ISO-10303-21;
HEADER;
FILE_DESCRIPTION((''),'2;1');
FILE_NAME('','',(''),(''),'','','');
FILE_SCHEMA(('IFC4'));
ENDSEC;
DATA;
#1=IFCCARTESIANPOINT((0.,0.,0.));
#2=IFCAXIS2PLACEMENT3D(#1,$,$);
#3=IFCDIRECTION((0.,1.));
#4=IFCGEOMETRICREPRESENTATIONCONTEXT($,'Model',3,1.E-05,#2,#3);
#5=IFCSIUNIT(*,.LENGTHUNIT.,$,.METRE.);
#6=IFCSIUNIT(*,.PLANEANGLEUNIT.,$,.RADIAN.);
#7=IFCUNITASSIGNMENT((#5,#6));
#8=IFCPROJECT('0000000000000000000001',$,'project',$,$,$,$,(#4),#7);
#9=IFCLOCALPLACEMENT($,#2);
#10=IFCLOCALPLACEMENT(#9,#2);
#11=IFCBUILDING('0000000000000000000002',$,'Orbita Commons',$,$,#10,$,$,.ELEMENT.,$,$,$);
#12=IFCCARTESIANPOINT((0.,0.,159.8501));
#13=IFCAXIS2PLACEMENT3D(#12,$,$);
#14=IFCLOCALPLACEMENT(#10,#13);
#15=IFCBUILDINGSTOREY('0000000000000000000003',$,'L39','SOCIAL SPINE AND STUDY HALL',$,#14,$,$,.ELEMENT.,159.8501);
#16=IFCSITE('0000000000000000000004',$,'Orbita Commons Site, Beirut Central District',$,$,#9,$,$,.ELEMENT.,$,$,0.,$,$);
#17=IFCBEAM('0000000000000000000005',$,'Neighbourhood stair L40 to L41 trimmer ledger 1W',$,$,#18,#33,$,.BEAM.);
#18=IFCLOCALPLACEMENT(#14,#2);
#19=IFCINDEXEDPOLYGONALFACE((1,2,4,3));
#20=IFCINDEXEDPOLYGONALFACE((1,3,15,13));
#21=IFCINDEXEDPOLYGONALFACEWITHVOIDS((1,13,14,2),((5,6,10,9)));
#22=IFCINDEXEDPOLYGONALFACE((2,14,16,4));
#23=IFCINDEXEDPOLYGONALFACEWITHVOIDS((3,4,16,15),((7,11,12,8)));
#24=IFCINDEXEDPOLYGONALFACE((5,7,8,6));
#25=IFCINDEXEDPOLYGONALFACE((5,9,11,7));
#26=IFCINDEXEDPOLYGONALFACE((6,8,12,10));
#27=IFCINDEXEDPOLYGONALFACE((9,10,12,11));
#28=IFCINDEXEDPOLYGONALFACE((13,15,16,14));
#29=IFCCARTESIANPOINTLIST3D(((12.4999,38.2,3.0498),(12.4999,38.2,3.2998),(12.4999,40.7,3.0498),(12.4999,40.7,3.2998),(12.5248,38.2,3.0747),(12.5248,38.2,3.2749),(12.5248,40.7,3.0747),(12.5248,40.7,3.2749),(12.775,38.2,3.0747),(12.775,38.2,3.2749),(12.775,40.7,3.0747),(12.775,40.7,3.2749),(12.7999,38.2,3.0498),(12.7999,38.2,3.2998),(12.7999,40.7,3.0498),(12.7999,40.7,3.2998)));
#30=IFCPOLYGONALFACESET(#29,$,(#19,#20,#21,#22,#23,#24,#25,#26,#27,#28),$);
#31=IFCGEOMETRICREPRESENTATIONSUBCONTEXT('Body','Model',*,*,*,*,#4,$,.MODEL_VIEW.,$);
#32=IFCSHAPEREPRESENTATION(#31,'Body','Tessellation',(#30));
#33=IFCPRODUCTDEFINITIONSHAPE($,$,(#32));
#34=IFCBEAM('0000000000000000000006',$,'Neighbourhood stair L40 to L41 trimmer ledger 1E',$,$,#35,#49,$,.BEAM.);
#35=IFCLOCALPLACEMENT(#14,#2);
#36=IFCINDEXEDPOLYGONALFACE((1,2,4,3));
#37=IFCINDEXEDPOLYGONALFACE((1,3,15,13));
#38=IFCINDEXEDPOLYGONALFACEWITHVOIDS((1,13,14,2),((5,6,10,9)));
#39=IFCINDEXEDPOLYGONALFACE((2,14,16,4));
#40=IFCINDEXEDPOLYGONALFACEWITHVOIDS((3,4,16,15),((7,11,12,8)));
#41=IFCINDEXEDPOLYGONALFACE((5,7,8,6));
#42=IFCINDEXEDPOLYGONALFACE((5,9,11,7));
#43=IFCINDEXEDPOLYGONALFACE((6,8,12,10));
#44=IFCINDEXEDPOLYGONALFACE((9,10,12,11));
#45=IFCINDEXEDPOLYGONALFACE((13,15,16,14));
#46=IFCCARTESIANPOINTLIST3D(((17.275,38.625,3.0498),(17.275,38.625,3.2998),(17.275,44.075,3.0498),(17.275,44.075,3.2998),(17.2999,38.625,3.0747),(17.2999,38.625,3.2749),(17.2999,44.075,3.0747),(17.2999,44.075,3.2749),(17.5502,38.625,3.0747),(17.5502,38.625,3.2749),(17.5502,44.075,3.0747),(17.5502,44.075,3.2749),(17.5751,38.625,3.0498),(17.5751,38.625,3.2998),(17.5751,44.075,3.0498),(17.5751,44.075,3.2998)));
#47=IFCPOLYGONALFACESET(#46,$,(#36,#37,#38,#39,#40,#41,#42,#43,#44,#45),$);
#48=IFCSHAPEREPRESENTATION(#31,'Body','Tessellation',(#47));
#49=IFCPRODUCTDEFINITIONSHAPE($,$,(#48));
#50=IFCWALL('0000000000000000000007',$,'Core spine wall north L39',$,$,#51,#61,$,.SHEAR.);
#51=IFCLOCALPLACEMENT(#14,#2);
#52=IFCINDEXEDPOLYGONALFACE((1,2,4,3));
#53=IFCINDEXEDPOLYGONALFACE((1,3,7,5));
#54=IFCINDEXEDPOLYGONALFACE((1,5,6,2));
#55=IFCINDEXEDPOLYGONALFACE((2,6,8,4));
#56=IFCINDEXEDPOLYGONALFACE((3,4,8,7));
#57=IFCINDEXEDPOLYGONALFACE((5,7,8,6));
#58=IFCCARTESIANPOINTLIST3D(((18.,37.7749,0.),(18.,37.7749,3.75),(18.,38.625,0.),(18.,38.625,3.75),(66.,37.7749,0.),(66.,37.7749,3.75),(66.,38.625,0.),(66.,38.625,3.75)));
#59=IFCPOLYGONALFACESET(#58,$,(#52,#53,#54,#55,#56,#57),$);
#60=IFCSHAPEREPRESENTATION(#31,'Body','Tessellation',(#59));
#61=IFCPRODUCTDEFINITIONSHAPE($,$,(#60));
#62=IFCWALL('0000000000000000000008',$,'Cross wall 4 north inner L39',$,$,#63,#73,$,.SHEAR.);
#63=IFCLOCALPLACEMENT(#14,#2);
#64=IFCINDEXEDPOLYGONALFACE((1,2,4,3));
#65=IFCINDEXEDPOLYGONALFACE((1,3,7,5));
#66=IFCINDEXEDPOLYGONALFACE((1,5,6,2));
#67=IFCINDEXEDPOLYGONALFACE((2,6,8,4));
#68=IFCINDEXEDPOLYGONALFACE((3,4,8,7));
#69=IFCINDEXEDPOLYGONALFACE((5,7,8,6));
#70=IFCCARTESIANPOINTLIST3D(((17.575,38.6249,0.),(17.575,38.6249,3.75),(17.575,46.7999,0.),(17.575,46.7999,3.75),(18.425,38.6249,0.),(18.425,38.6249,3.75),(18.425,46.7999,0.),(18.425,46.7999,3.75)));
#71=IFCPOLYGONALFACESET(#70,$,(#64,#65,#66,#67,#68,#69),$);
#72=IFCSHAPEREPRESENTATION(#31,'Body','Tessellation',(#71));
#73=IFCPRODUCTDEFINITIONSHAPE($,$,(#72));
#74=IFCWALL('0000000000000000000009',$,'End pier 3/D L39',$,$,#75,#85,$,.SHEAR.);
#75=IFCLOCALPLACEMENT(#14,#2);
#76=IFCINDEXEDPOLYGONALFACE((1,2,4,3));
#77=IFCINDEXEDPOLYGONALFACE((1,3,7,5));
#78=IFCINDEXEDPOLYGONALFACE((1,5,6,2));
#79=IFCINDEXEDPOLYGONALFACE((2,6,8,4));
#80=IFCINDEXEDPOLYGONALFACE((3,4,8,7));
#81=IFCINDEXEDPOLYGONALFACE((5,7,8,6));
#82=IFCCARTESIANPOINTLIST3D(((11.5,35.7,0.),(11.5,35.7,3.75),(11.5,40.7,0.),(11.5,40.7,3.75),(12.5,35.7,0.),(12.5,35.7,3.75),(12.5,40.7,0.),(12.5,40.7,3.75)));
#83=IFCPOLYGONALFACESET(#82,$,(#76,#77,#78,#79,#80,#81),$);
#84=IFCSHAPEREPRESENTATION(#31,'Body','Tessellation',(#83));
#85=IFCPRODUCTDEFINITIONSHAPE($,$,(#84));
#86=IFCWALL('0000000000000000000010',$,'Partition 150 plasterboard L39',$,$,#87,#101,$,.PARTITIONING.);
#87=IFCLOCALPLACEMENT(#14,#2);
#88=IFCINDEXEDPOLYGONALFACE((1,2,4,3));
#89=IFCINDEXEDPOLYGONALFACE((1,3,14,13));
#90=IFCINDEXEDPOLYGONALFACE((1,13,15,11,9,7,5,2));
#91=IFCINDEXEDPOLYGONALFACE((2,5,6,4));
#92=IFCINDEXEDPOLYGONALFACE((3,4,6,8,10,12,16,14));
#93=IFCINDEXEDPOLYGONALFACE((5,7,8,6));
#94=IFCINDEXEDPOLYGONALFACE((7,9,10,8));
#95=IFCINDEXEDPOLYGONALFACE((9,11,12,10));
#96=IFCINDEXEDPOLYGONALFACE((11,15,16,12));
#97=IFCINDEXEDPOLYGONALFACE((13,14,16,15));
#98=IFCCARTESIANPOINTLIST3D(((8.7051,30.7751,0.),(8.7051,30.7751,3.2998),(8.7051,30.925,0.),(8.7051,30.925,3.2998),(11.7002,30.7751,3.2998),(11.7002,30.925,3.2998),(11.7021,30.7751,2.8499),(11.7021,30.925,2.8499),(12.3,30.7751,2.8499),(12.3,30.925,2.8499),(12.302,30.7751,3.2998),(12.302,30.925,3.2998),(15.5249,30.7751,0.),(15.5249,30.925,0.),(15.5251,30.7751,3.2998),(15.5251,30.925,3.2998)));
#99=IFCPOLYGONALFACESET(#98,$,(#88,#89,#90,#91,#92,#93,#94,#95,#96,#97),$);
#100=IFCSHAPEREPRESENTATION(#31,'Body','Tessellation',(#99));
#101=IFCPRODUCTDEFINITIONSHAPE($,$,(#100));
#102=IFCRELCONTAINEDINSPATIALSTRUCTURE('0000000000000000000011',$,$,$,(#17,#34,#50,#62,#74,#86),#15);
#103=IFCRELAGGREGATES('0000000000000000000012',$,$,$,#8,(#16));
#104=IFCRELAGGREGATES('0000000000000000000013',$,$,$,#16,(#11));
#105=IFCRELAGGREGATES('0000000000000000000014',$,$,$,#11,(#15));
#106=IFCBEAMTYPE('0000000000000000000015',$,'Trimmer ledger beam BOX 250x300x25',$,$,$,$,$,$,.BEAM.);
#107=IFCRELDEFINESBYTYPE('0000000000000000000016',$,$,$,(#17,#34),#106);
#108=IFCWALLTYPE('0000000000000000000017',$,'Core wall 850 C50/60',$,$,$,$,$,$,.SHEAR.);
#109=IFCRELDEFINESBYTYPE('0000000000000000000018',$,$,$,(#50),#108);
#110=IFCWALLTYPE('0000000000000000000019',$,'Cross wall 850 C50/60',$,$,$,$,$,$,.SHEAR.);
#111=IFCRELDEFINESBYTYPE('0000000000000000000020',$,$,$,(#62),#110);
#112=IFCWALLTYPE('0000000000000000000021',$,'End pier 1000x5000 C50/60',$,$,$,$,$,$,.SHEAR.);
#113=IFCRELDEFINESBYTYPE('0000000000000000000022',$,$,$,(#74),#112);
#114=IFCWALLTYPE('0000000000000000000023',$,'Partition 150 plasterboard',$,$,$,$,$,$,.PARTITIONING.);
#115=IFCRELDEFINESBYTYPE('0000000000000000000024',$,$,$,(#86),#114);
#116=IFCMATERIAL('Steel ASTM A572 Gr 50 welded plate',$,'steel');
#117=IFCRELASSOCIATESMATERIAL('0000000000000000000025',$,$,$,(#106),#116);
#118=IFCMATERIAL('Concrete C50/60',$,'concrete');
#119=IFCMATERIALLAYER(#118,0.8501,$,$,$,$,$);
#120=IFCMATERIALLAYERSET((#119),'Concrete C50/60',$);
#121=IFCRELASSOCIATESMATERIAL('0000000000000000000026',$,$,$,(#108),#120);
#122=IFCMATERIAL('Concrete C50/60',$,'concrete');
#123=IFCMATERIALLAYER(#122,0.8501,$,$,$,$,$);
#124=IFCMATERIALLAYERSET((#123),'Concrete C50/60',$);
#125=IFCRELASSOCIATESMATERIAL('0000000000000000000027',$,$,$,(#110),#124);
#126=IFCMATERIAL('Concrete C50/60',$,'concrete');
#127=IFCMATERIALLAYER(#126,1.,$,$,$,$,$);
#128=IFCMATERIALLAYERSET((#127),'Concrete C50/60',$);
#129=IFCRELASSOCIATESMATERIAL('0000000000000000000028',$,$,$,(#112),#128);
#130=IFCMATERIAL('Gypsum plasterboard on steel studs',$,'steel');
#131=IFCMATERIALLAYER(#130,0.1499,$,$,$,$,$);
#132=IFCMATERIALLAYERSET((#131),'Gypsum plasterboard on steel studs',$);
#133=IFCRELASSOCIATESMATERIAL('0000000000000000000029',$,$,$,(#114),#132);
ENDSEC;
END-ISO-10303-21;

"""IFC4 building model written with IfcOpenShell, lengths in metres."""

from ifc_helpers import new_model, si_unit, direction, frame, frame_2d, origin, origin_2d, place, context, subcontext, project, spatial, polyline, rectangle, hollow_rectangle, outline, extrude, material, layer, layer_set, material_profile, profile_set, type_object, element, save


model = new_model("IFC4")

# Units and contexts
model_context = context("Model", 3, precision=1e-05, world=origin(), true_north=direction((0.0, 1.0)))
body_context = subcontext(model_context, "Body", "Model", "MODEL_VIEW")
ifc_project = project(units=[si_unit("LENGTHUNIT", "METRE"), si_unit("PLANEANGLEUNIT", "RADIAN")], contexts=[model_context])

# Site, building, storey
site_placement = place(None, origin())
site = spatial("IfcSite", under=ifc_project, at=site_placement, Name="Orbita Commons Site, Beirut Central District", CompositionType="ELEMENT", RefElevation=0.0)
building_placement = place(site_placement, origin())
building = spatial("IfcBuilding", under=site, at=building_placement, Name="Orbita Commons", CompositionType="ELEMENT")
storey_placement = place(building_placement, frame((0.0, 0.0, 159.8501)))
storey = spatial("IfcBuildingStorey", under=building, at=storey_placement, Name="L39", Description="SOCIAL SPINE AND STUDY HALL", CompositionType="ELEMENT", Elevation=159.8501)

# Beams
ifc_material_1 = material(Name="Steel ASTM A572 Gr 50 welded plate", Category="steel")
ifc_material_profile = material_profile(ifc_material_1, hollow_rectangle(XDim=0.3, YDim=0.25, WallThickness=0.0249, at=origin_2d()), Name="BOX 250x300x25")
ifc_profile_set = profile_set([ifc_material_profile], Name="Steel ASTM A572 Gr 50 welded plate")
beam_type = type_object("IfcBeamType", Name="Trimmer ledger beam BOX 250x300x25", PredefinedType="BEAM", material=ifc_profile_set)
beam_1_placement = place(storey_placement, frame((12.6499, 38.2, 3.1748), z_axis=(0.0, 1.0, 0.0), x_axis=(-1.0, 0.0, 0.0)))
element("IfcBeam", 1, at=beam_1_placement, inside=storey, type_object=beam_type, Name="Neighbourhood stair L40 to L41 trimmer ledger 1W", PredefinedType="BEAM", context=body_context, shape_type="SweptSolid", body=[
    extrude(hollow_rectangle(XDim=0.3, YDim=0.25, WallThickness=0.0249, at=origin_2d()), origin(), (0.0, 0.0, 1.0), 2.5),
])
beam_2_placement = place(storey_placement, frame((17.425, 38.625, 3.1748), z_axis=(0.0, 1.0, 0.0), x_axis=(-1.0, 0.0, 0.0)))
element("IfcBeam", 2, at=beam_2_placement, inside=storey, type_object=beam_type, Name="Neighbourhood stair L40 to L41 trimmer ledger 1E", PredefinedType="BEAM", context=body_context, shape_type="SweptSolid", body=[
    extrude(hollow_rectangle(XDim=0.3, YDim=0.25, WallThickness=0.0249, at=origin_2d()), origin(), (0.0, 0.0, 1.0), 5.45),
])

# Walls
ifc_material_2 = material(Name="Concrete C50/60", Category="concrete")
ifc_layer_1 = layer(ifc_material_2, 0.8501)
ifc_layer_set_1 = layer_set([ifc_layer_1], Name="Concrete C50/60")
wall_type_1 = type_object("IfcWallType", Name="Core wall 850 C50/60", PredefinedType="SHEAR", material=ifc_layer_set_1)
wall_1_placement = place(storey_placement, frame((18.0, 38.2, 0.0), z_axis=(0.0, 0.0, 1.0), x_axis=(1.0, 0.0, 0.0)))
element("IfcWall", 3, at=wall_1_placement, inside=storey, type_object=wall_type_1, Name="Core spine wall north L39", PredefinedType="SHEAR", context=body_context, shape_type="SweptSolid", body=[
    extrude(rectangle(XDim=48.0, YDim=0.8501, at=frame_2d((24.0, 0.0))), origin(), (0.0, 0.0, 1.0), 3.75),
])
ifc_material_3 = material(Name="Concrete C50/60", Category="concrete")
ifc_layer_2 = layer(ifc_material_3, 0.8501)
ifc_layer_set_2 = layer_set([ifc_layer_2], Name="Concrete C50/60")
wall_type_2 = type_object("IfcWallType", Name="Cross wall 850 C50/60", PredefinedType="SHEAR", material=ifc_layer_set_2)
wall_2_placement = place(storey_placement, frame((18.0, 38.625, 0.0), z_axis=(0.0, 0.0, 1.0), x_axis=(0.0, 1.0, 0.0)))
element("IfcWall", 4, at=wall_2_placement, inside=storey, type_object=wall_type_2, Name="Cross wall 4 north inner L39", PredefinedType="SHEAR", context=body_context, shape_type="SweptSolid", body=[
    extrude(rectangle(XDim=8.175, YDim=0.8501, at=frame_2d((4.0874, 0.0))), origin(), (0.0, 0.0, 1.0), 3.75),
])
ifc_material_4 = material(Name="Concrete C50/60", Category="concrete")
ifc_layer_3 = layer(ifc_material_4, 1.0)
ifc_layer_set_3 = layer_set([ifc_layer_3], Name="Concrete C50/60")
wall_type_3 = type_object("IfcWallType", Name="End pier 1000x5000 C50/60", PredefinedType="SHEAR", material=ifc_layer_set_3)
wall_3_placement = place(storey_placement, frame((12.0, 35.7, 0.0), z_axis=(0.0, 0.0, 1.0), x_axis=(0.0, 1.0, 0.0)))
element("IfcWall", 5, at=wall_3_placement, inside=storey, type_object=wall_type_3, Name="End pier 3/D L39", PredefinedType="SHEAR", context=body_context, shape_type="SweptSolid", body=[
    extrude(rectangle(XDim=5.0, YDim=1.0, at=frame_2d((2.5, 0.0))), origin(), (0.0, 0.0, 1.0), 3.75),
])
ifc_material_5 = material(Name="Gypsum plasterboard on steel studs", Category="steel")
ifc_layer_4 = layer(ifc_material_5, 0.1499)
ifc_layer_set_4 = layer_set([ifc_layer_4], Name="Gypsum plasterboard on steel studs")
wall_type_4 = type_object("IfcWallType", Name="Partition 150 plasterboard", PredefinedType="PARTITIONING", material=ifc_layer_set_4)
wall_4_placement = place(storey_placement, frame((8.7051, 30.8501, 0.0), z_axis=(0.0, 0.0, 1.0), x_axis=(1.0, 0.0, 0.0)))
element("IfcWall", 6, at=wall_4_placement, inside=storey, type_object=wall_type_4, Name="Partition 150 plasterboard L39", PredefinedType="PARTITIONING", context=body_context, shape_type="SweptSolid", body=[
    extrude(outline(polyline([(0.0, 0.0), (6.8198, 0.0), (6.8201, 3.2998), (3.5969, 3.2998), (3.595, 2.8499), (2.9971, 2.8499), (2.9951, 3.2998), (0.0, 3.2998), (0.0, 0.0)])), frame((0.0, 0.075, 0.0), z_axis=(0.0, -1.0, 0.0), x_axis=(1.0, 0.0, 0.0)), (0.0, 0.0, 1.0), 0.1499),
])

save(model, "model.ifc")
